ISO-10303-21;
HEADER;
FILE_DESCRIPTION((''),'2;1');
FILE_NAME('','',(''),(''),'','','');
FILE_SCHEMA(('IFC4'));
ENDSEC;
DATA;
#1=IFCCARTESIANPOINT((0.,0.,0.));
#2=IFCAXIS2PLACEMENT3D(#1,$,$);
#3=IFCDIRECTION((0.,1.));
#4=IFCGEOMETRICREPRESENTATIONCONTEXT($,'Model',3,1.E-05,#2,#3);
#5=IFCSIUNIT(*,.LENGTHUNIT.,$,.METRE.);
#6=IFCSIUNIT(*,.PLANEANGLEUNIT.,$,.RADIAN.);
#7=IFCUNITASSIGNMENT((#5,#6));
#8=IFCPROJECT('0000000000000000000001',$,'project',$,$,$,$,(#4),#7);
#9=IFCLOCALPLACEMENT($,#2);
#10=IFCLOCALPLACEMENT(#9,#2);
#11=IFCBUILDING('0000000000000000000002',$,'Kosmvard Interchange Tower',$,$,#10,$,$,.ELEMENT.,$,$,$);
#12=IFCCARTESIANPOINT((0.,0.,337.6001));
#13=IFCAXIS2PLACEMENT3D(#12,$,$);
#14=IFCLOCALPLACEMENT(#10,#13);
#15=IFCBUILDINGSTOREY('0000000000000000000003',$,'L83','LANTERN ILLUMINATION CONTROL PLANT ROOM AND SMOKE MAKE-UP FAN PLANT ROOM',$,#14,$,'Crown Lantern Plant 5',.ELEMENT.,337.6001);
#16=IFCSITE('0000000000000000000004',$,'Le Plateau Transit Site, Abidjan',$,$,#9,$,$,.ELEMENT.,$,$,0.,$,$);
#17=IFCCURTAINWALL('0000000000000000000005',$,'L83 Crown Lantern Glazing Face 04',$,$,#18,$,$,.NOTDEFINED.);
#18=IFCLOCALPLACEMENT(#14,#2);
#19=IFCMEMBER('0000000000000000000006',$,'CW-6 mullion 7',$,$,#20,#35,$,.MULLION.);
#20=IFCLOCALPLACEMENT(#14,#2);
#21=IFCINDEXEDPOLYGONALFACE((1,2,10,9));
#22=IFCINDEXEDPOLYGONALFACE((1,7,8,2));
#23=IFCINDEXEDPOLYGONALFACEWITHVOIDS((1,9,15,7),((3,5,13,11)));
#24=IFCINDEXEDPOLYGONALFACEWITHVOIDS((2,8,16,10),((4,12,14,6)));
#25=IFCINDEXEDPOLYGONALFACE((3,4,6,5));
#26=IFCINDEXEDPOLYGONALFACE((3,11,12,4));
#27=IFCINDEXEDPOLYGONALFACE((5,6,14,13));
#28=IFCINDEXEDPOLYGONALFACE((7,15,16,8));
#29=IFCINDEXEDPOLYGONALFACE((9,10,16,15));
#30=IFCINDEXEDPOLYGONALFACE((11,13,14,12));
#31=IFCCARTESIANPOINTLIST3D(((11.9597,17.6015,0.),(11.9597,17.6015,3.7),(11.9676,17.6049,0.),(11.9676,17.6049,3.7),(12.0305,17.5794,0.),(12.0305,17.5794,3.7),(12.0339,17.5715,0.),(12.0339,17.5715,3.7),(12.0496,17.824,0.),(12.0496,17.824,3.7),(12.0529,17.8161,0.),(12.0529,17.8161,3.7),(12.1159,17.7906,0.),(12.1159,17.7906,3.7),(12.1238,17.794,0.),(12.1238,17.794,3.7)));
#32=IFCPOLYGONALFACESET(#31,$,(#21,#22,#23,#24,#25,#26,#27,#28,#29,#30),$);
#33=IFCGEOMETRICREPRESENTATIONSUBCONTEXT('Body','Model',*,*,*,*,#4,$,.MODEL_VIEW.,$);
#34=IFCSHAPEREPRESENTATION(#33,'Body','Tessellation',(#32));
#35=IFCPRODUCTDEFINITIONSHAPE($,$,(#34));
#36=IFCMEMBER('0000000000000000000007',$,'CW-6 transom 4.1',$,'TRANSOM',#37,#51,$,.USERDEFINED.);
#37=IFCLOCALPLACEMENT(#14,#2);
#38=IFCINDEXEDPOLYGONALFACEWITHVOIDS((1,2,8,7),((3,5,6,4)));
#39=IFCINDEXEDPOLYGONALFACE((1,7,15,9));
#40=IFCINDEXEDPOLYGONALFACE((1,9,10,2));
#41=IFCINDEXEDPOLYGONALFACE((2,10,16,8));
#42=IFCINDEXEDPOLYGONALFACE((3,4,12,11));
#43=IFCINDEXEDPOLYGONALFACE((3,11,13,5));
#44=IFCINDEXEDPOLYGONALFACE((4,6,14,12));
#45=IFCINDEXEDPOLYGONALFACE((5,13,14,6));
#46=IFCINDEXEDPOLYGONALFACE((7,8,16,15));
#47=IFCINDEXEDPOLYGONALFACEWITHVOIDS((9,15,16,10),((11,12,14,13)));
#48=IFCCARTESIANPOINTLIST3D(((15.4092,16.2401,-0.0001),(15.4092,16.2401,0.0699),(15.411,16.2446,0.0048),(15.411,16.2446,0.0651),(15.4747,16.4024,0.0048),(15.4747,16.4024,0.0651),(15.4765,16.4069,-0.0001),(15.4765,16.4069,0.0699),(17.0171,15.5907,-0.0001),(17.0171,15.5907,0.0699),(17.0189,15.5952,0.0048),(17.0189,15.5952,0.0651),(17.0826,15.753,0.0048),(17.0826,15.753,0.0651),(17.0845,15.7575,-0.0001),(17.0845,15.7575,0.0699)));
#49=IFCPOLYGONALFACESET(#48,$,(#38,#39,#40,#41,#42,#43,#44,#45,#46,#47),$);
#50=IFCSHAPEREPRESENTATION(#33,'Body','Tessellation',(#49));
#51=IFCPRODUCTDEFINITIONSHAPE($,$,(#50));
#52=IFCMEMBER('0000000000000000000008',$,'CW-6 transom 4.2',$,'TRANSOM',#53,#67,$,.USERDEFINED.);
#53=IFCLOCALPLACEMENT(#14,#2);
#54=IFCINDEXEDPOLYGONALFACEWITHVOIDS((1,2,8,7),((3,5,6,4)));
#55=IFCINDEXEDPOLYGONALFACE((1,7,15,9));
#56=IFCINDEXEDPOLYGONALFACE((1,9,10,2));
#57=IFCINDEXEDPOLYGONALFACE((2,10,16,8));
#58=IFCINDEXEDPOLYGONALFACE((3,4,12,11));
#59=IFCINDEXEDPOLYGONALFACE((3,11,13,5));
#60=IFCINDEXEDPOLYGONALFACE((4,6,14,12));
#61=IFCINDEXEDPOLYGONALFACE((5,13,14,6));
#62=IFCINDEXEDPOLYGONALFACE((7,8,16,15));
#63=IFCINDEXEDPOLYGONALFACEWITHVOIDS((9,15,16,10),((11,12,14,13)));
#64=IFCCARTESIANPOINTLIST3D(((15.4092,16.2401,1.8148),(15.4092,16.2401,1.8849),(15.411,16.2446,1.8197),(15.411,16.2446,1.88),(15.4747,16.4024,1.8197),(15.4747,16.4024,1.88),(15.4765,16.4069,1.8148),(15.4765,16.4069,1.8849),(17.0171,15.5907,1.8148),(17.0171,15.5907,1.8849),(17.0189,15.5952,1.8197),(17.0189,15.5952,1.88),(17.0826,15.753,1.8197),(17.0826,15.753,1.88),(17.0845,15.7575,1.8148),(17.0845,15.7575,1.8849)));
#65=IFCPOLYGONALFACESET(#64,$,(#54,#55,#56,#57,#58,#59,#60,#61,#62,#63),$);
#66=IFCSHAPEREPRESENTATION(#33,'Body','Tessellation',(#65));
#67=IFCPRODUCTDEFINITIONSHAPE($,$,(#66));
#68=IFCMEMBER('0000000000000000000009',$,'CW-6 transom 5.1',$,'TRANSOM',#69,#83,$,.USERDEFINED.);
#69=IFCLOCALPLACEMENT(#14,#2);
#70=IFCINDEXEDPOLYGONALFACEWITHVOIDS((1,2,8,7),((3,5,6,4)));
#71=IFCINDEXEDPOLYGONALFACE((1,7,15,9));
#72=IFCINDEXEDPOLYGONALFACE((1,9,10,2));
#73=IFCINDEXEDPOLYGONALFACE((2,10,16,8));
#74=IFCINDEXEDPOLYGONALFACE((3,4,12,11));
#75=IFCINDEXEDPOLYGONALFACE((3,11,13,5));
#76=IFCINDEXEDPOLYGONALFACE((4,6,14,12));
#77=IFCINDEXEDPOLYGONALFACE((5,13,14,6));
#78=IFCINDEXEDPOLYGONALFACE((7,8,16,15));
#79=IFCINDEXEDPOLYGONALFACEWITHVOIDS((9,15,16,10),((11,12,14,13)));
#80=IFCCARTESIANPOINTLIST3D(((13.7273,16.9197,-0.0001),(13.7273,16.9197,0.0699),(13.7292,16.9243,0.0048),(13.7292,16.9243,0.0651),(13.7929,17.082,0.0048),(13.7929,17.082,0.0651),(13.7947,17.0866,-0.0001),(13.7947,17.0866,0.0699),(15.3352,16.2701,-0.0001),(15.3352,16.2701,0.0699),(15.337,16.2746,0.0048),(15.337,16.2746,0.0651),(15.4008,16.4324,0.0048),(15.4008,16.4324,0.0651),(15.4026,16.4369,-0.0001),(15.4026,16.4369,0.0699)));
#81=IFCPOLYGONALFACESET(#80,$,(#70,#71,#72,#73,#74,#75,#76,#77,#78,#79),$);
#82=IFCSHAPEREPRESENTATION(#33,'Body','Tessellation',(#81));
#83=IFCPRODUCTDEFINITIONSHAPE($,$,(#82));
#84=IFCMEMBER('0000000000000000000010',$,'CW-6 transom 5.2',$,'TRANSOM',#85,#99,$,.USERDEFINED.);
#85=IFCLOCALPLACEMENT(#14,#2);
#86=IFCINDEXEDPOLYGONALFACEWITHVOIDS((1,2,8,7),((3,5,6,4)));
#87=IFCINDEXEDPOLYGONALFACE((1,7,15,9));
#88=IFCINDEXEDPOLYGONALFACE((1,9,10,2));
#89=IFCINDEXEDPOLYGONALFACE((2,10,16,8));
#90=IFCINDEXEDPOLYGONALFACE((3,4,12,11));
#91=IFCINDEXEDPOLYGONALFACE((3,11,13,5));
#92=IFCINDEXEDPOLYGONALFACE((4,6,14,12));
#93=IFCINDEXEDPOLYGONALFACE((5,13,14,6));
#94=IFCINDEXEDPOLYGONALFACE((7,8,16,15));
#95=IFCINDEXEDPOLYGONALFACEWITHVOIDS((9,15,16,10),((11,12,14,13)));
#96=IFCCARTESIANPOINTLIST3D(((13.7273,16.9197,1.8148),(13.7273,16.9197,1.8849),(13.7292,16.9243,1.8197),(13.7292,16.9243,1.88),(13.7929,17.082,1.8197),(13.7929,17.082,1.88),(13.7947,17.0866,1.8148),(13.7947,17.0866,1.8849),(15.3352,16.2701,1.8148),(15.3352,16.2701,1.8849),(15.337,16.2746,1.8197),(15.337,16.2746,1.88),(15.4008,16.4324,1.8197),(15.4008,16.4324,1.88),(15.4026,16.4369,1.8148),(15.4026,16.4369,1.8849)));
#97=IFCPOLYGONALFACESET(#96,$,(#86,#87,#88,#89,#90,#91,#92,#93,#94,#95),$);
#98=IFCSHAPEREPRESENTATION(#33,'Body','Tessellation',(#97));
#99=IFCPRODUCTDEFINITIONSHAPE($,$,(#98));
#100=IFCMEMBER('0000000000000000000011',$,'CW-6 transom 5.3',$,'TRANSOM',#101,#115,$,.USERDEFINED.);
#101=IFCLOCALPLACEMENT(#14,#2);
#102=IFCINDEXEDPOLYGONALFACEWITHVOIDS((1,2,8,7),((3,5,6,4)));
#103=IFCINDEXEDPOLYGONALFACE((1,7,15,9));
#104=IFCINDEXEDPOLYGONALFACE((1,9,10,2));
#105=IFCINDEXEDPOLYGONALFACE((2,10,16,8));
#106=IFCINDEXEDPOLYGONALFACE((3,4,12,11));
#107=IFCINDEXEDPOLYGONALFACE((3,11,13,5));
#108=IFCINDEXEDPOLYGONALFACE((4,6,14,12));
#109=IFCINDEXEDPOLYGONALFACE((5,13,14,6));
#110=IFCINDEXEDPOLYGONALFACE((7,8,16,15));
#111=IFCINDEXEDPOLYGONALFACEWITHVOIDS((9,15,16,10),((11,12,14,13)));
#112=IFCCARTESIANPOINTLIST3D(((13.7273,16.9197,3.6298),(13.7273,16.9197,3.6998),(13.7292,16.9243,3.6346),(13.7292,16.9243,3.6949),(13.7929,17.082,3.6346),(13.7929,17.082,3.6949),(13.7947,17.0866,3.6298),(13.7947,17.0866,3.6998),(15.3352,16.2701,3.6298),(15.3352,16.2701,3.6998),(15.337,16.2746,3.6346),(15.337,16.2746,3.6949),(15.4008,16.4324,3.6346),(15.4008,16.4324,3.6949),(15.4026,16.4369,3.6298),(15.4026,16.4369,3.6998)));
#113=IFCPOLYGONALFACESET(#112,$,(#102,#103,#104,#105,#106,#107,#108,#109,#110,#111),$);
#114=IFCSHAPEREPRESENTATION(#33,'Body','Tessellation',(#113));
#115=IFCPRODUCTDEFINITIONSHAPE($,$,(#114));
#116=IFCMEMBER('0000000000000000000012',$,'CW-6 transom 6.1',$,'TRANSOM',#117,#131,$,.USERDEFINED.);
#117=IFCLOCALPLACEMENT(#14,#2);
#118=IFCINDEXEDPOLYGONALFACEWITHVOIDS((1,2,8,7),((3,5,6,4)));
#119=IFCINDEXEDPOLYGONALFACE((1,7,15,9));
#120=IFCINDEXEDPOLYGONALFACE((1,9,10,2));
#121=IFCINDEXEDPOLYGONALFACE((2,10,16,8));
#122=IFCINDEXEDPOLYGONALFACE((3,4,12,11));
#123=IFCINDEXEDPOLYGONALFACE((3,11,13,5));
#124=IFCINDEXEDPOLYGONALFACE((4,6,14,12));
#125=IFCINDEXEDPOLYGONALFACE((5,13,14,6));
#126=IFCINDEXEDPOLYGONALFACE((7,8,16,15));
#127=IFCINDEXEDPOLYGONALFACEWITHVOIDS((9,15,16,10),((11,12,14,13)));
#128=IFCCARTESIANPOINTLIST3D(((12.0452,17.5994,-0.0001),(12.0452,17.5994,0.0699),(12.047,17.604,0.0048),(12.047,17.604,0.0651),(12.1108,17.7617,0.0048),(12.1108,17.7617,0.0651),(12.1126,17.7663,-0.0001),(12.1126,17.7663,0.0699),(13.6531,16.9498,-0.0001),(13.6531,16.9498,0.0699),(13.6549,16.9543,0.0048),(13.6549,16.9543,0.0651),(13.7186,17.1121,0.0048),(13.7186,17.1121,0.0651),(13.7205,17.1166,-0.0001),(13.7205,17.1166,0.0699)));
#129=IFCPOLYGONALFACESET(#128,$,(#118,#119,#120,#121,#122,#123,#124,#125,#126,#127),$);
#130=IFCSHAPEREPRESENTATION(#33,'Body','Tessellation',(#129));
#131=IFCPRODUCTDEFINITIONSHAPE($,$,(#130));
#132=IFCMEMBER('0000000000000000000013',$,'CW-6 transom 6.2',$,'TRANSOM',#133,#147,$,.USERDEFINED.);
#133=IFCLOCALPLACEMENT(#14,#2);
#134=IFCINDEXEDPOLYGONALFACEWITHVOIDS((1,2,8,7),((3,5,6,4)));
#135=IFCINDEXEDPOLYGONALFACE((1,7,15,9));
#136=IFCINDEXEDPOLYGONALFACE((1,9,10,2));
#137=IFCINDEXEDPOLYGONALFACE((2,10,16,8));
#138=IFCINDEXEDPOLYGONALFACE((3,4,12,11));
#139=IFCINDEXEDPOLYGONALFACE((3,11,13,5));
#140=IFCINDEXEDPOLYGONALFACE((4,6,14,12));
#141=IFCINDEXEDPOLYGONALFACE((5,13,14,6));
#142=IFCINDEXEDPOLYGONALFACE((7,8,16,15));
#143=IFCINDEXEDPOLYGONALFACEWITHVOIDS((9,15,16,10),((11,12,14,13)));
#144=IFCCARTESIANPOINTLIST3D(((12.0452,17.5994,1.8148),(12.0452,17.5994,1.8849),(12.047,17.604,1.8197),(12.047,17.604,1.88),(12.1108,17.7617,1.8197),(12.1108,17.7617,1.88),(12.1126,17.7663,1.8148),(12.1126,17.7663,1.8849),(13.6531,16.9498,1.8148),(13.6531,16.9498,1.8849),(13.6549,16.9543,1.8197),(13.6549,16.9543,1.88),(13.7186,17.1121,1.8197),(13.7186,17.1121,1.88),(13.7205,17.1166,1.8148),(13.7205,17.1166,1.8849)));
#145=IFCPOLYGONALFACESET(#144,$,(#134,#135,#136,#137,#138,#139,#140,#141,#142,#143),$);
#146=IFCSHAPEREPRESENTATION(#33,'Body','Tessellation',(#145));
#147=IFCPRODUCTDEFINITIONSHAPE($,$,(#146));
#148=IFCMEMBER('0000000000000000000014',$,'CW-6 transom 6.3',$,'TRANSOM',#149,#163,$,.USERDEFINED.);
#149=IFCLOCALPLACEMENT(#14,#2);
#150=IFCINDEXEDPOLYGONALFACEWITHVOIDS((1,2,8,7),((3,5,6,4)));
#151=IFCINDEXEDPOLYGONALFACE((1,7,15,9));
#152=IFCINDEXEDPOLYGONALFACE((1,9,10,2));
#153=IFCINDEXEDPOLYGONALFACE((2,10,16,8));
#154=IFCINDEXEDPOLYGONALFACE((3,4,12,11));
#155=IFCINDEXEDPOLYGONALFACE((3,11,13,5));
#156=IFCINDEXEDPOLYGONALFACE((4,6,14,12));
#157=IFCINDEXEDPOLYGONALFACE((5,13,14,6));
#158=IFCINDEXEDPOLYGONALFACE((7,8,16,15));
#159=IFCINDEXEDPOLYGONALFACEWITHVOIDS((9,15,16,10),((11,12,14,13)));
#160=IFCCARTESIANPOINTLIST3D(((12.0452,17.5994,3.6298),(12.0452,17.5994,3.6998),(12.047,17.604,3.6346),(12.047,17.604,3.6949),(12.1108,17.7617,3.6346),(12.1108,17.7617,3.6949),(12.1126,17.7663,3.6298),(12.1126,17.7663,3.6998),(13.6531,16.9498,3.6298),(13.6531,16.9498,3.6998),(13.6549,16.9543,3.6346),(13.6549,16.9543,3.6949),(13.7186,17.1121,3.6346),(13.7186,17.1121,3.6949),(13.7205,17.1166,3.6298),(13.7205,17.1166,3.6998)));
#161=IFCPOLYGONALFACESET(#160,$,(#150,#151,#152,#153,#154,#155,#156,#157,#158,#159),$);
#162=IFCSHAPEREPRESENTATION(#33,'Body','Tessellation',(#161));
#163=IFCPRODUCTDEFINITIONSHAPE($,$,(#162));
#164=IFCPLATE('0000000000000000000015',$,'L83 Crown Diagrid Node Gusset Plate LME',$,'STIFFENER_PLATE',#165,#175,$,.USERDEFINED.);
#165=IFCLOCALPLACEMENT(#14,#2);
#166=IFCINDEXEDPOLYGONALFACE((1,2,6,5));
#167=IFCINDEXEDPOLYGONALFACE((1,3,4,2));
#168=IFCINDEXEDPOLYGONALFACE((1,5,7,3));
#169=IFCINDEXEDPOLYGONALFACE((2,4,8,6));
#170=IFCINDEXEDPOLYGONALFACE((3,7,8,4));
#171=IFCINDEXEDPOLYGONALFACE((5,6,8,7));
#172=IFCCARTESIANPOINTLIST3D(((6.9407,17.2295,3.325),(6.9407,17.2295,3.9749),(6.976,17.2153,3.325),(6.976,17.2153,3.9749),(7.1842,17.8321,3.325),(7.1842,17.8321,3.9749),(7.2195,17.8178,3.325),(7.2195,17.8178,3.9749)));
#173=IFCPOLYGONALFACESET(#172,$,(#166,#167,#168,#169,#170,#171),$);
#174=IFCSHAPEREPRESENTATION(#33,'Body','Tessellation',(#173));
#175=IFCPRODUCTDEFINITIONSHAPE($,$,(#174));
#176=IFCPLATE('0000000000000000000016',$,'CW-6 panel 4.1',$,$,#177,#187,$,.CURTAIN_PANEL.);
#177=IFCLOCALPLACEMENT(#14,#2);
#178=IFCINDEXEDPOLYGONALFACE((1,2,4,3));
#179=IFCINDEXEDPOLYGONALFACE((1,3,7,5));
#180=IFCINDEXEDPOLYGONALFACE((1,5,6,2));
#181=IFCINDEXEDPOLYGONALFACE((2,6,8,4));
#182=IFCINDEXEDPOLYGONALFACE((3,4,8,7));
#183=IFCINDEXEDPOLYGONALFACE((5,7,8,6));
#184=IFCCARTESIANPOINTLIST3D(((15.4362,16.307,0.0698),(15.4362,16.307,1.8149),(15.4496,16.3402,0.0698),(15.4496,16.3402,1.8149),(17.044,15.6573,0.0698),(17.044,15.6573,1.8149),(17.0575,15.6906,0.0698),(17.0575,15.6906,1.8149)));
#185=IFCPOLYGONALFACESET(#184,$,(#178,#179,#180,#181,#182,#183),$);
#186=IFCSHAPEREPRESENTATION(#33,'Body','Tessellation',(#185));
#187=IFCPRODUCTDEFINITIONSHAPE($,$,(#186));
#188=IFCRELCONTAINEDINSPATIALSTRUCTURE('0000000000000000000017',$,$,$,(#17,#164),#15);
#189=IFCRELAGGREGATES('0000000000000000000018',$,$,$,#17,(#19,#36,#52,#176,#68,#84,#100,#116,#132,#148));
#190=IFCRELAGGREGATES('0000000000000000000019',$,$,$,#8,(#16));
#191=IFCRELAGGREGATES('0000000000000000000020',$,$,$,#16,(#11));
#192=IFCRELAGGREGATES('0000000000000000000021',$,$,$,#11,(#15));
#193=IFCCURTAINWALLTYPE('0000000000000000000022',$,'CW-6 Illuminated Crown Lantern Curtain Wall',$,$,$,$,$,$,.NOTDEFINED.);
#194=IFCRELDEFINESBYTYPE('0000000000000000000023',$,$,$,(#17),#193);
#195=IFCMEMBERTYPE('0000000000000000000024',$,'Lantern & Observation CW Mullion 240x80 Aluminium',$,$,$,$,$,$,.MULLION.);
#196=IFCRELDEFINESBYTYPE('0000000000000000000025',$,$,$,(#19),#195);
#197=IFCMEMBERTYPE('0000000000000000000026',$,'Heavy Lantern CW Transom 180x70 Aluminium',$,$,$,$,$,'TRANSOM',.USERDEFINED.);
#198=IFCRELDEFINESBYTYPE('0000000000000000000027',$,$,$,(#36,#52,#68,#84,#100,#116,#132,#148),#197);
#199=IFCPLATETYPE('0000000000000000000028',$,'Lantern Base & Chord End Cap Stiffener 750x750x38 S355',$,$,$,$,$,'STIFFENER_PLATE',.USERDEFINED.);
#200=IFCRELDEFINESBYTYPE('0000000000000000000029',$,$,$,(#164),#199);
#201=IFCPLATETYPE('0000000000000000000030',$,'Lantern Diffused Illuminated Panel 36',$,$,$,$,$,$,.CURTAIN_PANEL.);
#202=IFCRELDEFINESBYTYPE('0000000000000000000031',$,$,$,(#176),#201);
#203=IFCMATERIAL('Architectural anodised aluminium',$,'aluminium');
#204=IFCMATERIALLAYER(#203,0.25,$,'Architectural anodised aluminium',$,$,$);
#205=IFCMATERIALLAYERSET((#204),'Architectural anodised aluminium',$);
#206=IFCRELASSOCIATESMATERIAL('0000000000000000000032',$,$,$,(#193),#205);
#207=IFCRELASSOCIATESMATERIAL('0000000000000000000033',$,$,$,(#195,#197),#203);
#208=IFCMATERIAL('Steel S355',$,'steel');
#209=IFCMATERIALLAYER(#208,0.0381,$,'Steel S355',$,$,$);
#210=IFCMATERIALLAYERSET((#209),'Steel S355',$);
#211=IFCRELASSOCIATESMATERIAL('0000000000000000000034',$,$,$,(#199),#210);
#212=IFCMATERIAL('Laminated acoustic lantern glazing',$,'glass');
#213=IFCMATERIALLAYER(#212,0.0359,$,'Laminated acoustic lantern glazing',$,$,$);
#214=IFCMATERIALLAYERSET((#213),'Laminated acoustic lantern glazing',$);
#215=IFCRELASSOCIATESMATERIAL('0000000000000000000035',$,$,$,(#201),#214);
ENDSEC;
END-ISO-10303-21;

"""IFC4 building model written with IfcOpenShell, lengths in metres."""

from ifc_helpers import new_model, si_unit, direction, frame, origin, origin_2d, place, context, subcontext, project, spatial, rectangle, hollow_rectangle, extrude, source, transform, mapped, material, layer, layer_set, material_profile, profile_set, type_object, element, aggregate, save


model = new_model("IFC4")

# Units and contexts
model_context = context("Model", 3, precision=1e-05, world=origin(), true_north=direction((0.0, 1.0)))
body_context = subcontext(model_context, "Body", "Model", "MODEL_VIEW")
ifc_project = project(units=[si_unit("LENGTHUNIT", "METRE"), si_unit("PLANEANGLEUNIT", "RADIAN")], contexts=[model_context])

# Site, building, storey
site_placement = place(None, origin())
site = spatial("IfcSite", under=ifc_project, at=site_placement, Name="Le Plateau Transit Site, Abidjan", CompositionType="ELEMENT", RefElevation=0.0)
building_placement = place(site_placement, origin())
building = spatial("IfcBuilding", under=site, at=building_placement, Name="Kosmvard Interchange Tower", CompositionType="ELEMENT")
storey_placement = place(building_placement, frame((0.0, 0.0, 337.6001)))
storey = spatial("IfcBuildingStorey", under=building, at=storey_placement, Name="L83", Description="LANTERN ILLUMINATION CONTROL PLANT ROOM AND SMOKE MAKE-UP FAN PLANT ROOM", LongName="Crown Lantern Plant 5", CompositionType="ELEMENT", Elevation=337.6001)

# Shared definitions
ifc_material_1 = material(Name="Steel S355", Category="steel")

# Curtain wall, members
ifc_material_2 = material(Name="Architectural anodised aluminium", Category="aluminium")
ifc_layer_1 = layer(ifc_material_2, 0.25, Name="Architectural anodised aluminium")
ifc_layer_set_1 = layer_set([ifc_layer_1], Name="Architectural anodised aluminium")
curtain_wall_type = type_object("IfcCurtainWallType", Name="CW-6 Illuminated Crown Lantern Curtain Wall", PredefinedType="NOTDEFINED", material=ifc_layer_set_1)
curtain_wall_placement = place(storey_placement, origin())
curtain_wall = element("IfcCurtainWall", 1, at=curtain_wall_placement, inside=storey, type_object=curtain_wall_type, Name="L83 Crown Lantern Glazing Face 04", PredefinedType="NOTDEFINED")
ifc_material_profile_1 = material_profile(ifc_material_2, hollow_rectangle(XDim=0.24, YDim=0.0801, WallThickness=0.0061, at=origin_2d()), Name="CWM 240x80x6")
ifc_profile_set_1 = profile_set([ifc_material_profile_1], Name="Architectural anodised aluminium")
member_type_1 = type_object("IfcMemberType", Name="Lantern & Observation CW Mullion 240x80 Aluminium", PredefinedType="MULLION", material=ifc_profile_set_1)
shared_shape_1 = source(origin(), body_context, "Body", "SweptSolid", [
    extrude(hollow_rectangle(XDim=0.24, YDim=0.0801, WallThickness=0.0061, at=origin_2d()), origin(), (0.0, 0.0, 1.0), 3.7),
])
member_1_placement = place(storey_placement, frame((12.0417, 17.6978, 0.0), z_axis=(0.0, 0.0, 1.0), x_axis=(-0.374607, -0.927184, 0.0)))
member_1 = element("IfcMember", 2, at=member_1_placement, type_object=member_type_1, Name="CW-6 mullion 7", PredefinedType="MULLION", context=body_context, shape_type="MappedRepresentation", body=[
    mapped(shared_shape_1, transform((0.0, 0.0, 0.0), scale=1.0)),
])
ifc_material_profile_2 = material_profile(ifc_material_2, hollow_rectangle(XDim=0.1799, YDim=0.0701, WallThickness=0.0049, at=origin_2d()), Name="CWT 180x70x5")
ifc_profile_set_2 = profile_set([ifc_material_profile_2], Name="Architectural anodised aluminium")
member_type_2 = type_object("IfcMemberType", Name="Heavy Lantern CW Transom 180x70 Aluminium", ElementType="TRANSOM", PredefinedType="USERDEFINED", material=ifc_profile_set_2)
shared_shape_2 = source(origin(), body_context, "Body", "SweptSolid", [
    extrude(hollow_rectangle(XDim=0.1799, YDim=0.0701, WallThickness=0.0049, at=origin_2d()), origin(), (0.0, 0.0, 1.0), 1.7341),
])
member_2_placement = place(storey_placement, frame((17.0508, 15.6741, 0.0349), z_axis=(-0.927229, 0.374496, 0.0), x_axis=(-0.374496, -0.927229, 0.0)))
member_2 = element("IfcMember", 3, at=member_2_placement, type_object=member_type_2, Name="CW-6 transom 4.1", ObjectType="TRANSOM", PredefinedType="USERDEFINED", context=body_context, shape_type="MappedRepresentation", body=[
    mapped(shared_shape_2, transform((0.0, 0.0, 0.0), scale=1.0)),
])
member_3_placement = place(storey_placement, frame((17.0508, 15.6741, 1.8499), z_axis=(-0.927229, 0.374496, 0.0), x_axis=(-0.374496, -0.927229, 0.0)))
member_3 = element("IfcMember", 4, at=member_3_placement, type_object=member_type_2, Name="CW-6 transom 4.2", ObjectType="TRANSOM", PredefinedType="USERDEFINED", context=body_context, shape_type="MappedRepresentation", body=[
    mapped(shared_shape_2, transform((0.0, 0.0, 0.0), scale=1.0)),
])
member_4_placement = place(storey_placement, frame((15.3689, 16.3535, 0.0349), z_axis=(-0.92718, 0.374617, 0.0), x_axis=(-0.374617, -0.92718, 0.0)))
member_4 = element("IfcMember", 5, at=member_4_placement, type_object=member_type_2, Name="CW-6 transom 5.1", ObjectType="TRANSOM", PredefinedType="USERDEFINED", context=body_context, shape_type="MappedRepresentation", body=[
    mapped(shared_shape_2, transform((0.0, 0.0, 0.0), scale=1.0)),
])
member_5_placement = place(storey_placement, frame((15.3689, 16.3535, 1.8499), z_axis=(-0.92718, 0.374617, 0.0), x_axis=(-0.374617, -0.92718, 0.0)))
member_5 = element("IfcMember", 6, at=member_5_placement, type_object=member_type_2, Name="CW-6 transom 5.2", ObjectType="TRANSOM", PredefinedType="USERDEFINED", context=body_context, shape_type="MappedRepresentation", body=[
    mapped(shared_shape_2, transform((0.0, 0.0, 0.0), scale=1.0)),
])
member_6_placement = place(storey_placement, frame((15.3689, 16.3535, 3.6648), z_axis=(-0.92718, 0.374617, 0.0), x_axis=(-0.374617, -0.92718, 0.0)))
member_6 = element("IfcMember", 7, at=member_6_placement, type_object=member_type_2, Name="CW-6 transom 5.3", ObjectType="TRANSOM", PredefinedType="USERDEFINED", context=body_context, shape_type="MappedRepresentation", body=[
    mapped(shared_shape_2, transform((0.0, 0.0, 0.0), scale=1.0)),
])
member_7_placement = place(storey_placement, frame((13.6868, 17.0332, 0.0349), z_axis=(-0.92718, 0.374617, 0.0), x_axis=(-0.374617, -0.92718, 0.0)))
member_7 = element("IfcMember", 8, at=member_7_placement, type_object=member_type_2, Name="CW-6 transom 6.1", ObjectType="TRANSOM", PredefinedType="USERDEFINED", context=body_context, shape_type="MappedRepresentation", body=[
    mapped(shared_shape_2, transform((0.0, 0.0, 0.0), scale=1.0)),
])
member_8_placement = place(storey_placement, frame((13.6868, 17.0332, 1.8499), z_axis=(-0.92718, 0.374617, 0.0), x_axis=(-0.374617, -0.92718, 0.0)))
member_8 = element("IfcMember", 9, at=member_8_placement, type_object=member_type_2, Name="CW-6 transom 6.2", ObjectType="TRANSOM", PredefinedType="USERDEFINED", context=body_context, shape_type="MappedRepresentation", body=[
    mapped(shared_shape_2, transform((0.0, 0.0, 0.0), scale=1.0)),
])
member_9_placement = place(storey_placement, frame((13.6868, 17.0332, 3.6648), z_axis=(-0.92718, 0.374617, 0.0), x_axis=(-0.374617, -0.92718, 0.0)))
member_9 = element("IfcMember", 10, at=member_9_placement, type_object=member_type_2, Name="CW-6 transom 6.3", ObjectType="TRANSOM", PredefinedType="USERDEFINED", context=body_context, shape_type="MappedRepresentation", body=[
    mapped(shared_shape_2, transform((0.0, 0.0, 0.0), scale=1.0)),
])

# Plates
ifc_layer_2 = layer(ifc_material_1, 0.0381, Name="Steel S355")
ifc_layer_set_2 = layer_set([ifc_layer_2], Name="Steel S355")
plate_type_1 = type_object("IfcPlateType", Name="Lantern Base & Chord End Cap Stiffener 750x750x38 S355", ElementType="STIFFENER_PLATE", PredefinedType="USERDEFINED", material=ifc_layer_set_2)
shared_shape_3 = source(origin(), body_context, "Body", "SweptSolid", [
    extrude(rectangle(XDim=0.6499, YDim=0.0381, at=origin_2d()), origin(), (0.0, 0.0, 1.0), 0.6499),
])
plate_1_placement = place(storey_placement, frame((7.0801, 17.5237, 3.325), z_axis=(0.0, 0.0, 1.0), x_axis=(0.374607, 0.927184, 0.0)))
element("IfcPlate", 11, at=plate_1_placement, inside=storey, type_object=plate_type_1, Name="L83 Crown Diagrid Node Gusset Plate LME", ObjectType="STIFFENER_PLATE", PredefinedType="USERDEFINED", context=body_context, shape_type="MappedRepresentation", body=[
    mapped(shared_shape_3, transform((0.0, 0.0, 0.0), scale=1.0)),
])
ifc_material_3 = material(Name="Laminated acoustic lantern glazing", Category="glass")
ifc_layer_3 = layer(ifc_material_3, 0.0359, Name="Laminated acoustic lantern glazing")
ifc_layer_set_3 = layer_set([ifc_layer_3], Name="Laminated acoustic lantern glazing")
plate_type_2 = type_object("IfcPlateType", Name="Lantern Diffused Illuminated Panel 36", PredefinedType="CURTAIN_PANEL", material=ifc_layer_set_3)
shared_shape_4 = source(origin(), body_context, "Body", "SweptSolid", [
    extrude(rectangle(XDim=1.7341, YDim=0.0359, at=origin_2d()), origin(), (0.0, 0.0, 1.0), 1.7451),
])
plate_2_placement = place(storey_placement, frame((16.2468, 15.9988, 0.0698), z_axis=(0.0, 0.0, 1.0), x_axis=(-0.927184, 0.374607, 0.0)))
plate_2 = element("IfcPlate", 12, at=plate_2_placement, type_object=plate_type_2, Name="CW-6 panel 4.1", PredefinedType="CURTAIN_PANEL", context=body_context, shape_type="MappedRepresentation", body=[
    mapped(shared_shape_4, transform((0.0, 0.0, 0.0), scale=1.0)),
])
aggregate(curtain_wall, [member_1, member_2, member_3, plate_2, member_4, member_5, member_6, member_7, member_8, member_9])

save(model, "model.ifc")
